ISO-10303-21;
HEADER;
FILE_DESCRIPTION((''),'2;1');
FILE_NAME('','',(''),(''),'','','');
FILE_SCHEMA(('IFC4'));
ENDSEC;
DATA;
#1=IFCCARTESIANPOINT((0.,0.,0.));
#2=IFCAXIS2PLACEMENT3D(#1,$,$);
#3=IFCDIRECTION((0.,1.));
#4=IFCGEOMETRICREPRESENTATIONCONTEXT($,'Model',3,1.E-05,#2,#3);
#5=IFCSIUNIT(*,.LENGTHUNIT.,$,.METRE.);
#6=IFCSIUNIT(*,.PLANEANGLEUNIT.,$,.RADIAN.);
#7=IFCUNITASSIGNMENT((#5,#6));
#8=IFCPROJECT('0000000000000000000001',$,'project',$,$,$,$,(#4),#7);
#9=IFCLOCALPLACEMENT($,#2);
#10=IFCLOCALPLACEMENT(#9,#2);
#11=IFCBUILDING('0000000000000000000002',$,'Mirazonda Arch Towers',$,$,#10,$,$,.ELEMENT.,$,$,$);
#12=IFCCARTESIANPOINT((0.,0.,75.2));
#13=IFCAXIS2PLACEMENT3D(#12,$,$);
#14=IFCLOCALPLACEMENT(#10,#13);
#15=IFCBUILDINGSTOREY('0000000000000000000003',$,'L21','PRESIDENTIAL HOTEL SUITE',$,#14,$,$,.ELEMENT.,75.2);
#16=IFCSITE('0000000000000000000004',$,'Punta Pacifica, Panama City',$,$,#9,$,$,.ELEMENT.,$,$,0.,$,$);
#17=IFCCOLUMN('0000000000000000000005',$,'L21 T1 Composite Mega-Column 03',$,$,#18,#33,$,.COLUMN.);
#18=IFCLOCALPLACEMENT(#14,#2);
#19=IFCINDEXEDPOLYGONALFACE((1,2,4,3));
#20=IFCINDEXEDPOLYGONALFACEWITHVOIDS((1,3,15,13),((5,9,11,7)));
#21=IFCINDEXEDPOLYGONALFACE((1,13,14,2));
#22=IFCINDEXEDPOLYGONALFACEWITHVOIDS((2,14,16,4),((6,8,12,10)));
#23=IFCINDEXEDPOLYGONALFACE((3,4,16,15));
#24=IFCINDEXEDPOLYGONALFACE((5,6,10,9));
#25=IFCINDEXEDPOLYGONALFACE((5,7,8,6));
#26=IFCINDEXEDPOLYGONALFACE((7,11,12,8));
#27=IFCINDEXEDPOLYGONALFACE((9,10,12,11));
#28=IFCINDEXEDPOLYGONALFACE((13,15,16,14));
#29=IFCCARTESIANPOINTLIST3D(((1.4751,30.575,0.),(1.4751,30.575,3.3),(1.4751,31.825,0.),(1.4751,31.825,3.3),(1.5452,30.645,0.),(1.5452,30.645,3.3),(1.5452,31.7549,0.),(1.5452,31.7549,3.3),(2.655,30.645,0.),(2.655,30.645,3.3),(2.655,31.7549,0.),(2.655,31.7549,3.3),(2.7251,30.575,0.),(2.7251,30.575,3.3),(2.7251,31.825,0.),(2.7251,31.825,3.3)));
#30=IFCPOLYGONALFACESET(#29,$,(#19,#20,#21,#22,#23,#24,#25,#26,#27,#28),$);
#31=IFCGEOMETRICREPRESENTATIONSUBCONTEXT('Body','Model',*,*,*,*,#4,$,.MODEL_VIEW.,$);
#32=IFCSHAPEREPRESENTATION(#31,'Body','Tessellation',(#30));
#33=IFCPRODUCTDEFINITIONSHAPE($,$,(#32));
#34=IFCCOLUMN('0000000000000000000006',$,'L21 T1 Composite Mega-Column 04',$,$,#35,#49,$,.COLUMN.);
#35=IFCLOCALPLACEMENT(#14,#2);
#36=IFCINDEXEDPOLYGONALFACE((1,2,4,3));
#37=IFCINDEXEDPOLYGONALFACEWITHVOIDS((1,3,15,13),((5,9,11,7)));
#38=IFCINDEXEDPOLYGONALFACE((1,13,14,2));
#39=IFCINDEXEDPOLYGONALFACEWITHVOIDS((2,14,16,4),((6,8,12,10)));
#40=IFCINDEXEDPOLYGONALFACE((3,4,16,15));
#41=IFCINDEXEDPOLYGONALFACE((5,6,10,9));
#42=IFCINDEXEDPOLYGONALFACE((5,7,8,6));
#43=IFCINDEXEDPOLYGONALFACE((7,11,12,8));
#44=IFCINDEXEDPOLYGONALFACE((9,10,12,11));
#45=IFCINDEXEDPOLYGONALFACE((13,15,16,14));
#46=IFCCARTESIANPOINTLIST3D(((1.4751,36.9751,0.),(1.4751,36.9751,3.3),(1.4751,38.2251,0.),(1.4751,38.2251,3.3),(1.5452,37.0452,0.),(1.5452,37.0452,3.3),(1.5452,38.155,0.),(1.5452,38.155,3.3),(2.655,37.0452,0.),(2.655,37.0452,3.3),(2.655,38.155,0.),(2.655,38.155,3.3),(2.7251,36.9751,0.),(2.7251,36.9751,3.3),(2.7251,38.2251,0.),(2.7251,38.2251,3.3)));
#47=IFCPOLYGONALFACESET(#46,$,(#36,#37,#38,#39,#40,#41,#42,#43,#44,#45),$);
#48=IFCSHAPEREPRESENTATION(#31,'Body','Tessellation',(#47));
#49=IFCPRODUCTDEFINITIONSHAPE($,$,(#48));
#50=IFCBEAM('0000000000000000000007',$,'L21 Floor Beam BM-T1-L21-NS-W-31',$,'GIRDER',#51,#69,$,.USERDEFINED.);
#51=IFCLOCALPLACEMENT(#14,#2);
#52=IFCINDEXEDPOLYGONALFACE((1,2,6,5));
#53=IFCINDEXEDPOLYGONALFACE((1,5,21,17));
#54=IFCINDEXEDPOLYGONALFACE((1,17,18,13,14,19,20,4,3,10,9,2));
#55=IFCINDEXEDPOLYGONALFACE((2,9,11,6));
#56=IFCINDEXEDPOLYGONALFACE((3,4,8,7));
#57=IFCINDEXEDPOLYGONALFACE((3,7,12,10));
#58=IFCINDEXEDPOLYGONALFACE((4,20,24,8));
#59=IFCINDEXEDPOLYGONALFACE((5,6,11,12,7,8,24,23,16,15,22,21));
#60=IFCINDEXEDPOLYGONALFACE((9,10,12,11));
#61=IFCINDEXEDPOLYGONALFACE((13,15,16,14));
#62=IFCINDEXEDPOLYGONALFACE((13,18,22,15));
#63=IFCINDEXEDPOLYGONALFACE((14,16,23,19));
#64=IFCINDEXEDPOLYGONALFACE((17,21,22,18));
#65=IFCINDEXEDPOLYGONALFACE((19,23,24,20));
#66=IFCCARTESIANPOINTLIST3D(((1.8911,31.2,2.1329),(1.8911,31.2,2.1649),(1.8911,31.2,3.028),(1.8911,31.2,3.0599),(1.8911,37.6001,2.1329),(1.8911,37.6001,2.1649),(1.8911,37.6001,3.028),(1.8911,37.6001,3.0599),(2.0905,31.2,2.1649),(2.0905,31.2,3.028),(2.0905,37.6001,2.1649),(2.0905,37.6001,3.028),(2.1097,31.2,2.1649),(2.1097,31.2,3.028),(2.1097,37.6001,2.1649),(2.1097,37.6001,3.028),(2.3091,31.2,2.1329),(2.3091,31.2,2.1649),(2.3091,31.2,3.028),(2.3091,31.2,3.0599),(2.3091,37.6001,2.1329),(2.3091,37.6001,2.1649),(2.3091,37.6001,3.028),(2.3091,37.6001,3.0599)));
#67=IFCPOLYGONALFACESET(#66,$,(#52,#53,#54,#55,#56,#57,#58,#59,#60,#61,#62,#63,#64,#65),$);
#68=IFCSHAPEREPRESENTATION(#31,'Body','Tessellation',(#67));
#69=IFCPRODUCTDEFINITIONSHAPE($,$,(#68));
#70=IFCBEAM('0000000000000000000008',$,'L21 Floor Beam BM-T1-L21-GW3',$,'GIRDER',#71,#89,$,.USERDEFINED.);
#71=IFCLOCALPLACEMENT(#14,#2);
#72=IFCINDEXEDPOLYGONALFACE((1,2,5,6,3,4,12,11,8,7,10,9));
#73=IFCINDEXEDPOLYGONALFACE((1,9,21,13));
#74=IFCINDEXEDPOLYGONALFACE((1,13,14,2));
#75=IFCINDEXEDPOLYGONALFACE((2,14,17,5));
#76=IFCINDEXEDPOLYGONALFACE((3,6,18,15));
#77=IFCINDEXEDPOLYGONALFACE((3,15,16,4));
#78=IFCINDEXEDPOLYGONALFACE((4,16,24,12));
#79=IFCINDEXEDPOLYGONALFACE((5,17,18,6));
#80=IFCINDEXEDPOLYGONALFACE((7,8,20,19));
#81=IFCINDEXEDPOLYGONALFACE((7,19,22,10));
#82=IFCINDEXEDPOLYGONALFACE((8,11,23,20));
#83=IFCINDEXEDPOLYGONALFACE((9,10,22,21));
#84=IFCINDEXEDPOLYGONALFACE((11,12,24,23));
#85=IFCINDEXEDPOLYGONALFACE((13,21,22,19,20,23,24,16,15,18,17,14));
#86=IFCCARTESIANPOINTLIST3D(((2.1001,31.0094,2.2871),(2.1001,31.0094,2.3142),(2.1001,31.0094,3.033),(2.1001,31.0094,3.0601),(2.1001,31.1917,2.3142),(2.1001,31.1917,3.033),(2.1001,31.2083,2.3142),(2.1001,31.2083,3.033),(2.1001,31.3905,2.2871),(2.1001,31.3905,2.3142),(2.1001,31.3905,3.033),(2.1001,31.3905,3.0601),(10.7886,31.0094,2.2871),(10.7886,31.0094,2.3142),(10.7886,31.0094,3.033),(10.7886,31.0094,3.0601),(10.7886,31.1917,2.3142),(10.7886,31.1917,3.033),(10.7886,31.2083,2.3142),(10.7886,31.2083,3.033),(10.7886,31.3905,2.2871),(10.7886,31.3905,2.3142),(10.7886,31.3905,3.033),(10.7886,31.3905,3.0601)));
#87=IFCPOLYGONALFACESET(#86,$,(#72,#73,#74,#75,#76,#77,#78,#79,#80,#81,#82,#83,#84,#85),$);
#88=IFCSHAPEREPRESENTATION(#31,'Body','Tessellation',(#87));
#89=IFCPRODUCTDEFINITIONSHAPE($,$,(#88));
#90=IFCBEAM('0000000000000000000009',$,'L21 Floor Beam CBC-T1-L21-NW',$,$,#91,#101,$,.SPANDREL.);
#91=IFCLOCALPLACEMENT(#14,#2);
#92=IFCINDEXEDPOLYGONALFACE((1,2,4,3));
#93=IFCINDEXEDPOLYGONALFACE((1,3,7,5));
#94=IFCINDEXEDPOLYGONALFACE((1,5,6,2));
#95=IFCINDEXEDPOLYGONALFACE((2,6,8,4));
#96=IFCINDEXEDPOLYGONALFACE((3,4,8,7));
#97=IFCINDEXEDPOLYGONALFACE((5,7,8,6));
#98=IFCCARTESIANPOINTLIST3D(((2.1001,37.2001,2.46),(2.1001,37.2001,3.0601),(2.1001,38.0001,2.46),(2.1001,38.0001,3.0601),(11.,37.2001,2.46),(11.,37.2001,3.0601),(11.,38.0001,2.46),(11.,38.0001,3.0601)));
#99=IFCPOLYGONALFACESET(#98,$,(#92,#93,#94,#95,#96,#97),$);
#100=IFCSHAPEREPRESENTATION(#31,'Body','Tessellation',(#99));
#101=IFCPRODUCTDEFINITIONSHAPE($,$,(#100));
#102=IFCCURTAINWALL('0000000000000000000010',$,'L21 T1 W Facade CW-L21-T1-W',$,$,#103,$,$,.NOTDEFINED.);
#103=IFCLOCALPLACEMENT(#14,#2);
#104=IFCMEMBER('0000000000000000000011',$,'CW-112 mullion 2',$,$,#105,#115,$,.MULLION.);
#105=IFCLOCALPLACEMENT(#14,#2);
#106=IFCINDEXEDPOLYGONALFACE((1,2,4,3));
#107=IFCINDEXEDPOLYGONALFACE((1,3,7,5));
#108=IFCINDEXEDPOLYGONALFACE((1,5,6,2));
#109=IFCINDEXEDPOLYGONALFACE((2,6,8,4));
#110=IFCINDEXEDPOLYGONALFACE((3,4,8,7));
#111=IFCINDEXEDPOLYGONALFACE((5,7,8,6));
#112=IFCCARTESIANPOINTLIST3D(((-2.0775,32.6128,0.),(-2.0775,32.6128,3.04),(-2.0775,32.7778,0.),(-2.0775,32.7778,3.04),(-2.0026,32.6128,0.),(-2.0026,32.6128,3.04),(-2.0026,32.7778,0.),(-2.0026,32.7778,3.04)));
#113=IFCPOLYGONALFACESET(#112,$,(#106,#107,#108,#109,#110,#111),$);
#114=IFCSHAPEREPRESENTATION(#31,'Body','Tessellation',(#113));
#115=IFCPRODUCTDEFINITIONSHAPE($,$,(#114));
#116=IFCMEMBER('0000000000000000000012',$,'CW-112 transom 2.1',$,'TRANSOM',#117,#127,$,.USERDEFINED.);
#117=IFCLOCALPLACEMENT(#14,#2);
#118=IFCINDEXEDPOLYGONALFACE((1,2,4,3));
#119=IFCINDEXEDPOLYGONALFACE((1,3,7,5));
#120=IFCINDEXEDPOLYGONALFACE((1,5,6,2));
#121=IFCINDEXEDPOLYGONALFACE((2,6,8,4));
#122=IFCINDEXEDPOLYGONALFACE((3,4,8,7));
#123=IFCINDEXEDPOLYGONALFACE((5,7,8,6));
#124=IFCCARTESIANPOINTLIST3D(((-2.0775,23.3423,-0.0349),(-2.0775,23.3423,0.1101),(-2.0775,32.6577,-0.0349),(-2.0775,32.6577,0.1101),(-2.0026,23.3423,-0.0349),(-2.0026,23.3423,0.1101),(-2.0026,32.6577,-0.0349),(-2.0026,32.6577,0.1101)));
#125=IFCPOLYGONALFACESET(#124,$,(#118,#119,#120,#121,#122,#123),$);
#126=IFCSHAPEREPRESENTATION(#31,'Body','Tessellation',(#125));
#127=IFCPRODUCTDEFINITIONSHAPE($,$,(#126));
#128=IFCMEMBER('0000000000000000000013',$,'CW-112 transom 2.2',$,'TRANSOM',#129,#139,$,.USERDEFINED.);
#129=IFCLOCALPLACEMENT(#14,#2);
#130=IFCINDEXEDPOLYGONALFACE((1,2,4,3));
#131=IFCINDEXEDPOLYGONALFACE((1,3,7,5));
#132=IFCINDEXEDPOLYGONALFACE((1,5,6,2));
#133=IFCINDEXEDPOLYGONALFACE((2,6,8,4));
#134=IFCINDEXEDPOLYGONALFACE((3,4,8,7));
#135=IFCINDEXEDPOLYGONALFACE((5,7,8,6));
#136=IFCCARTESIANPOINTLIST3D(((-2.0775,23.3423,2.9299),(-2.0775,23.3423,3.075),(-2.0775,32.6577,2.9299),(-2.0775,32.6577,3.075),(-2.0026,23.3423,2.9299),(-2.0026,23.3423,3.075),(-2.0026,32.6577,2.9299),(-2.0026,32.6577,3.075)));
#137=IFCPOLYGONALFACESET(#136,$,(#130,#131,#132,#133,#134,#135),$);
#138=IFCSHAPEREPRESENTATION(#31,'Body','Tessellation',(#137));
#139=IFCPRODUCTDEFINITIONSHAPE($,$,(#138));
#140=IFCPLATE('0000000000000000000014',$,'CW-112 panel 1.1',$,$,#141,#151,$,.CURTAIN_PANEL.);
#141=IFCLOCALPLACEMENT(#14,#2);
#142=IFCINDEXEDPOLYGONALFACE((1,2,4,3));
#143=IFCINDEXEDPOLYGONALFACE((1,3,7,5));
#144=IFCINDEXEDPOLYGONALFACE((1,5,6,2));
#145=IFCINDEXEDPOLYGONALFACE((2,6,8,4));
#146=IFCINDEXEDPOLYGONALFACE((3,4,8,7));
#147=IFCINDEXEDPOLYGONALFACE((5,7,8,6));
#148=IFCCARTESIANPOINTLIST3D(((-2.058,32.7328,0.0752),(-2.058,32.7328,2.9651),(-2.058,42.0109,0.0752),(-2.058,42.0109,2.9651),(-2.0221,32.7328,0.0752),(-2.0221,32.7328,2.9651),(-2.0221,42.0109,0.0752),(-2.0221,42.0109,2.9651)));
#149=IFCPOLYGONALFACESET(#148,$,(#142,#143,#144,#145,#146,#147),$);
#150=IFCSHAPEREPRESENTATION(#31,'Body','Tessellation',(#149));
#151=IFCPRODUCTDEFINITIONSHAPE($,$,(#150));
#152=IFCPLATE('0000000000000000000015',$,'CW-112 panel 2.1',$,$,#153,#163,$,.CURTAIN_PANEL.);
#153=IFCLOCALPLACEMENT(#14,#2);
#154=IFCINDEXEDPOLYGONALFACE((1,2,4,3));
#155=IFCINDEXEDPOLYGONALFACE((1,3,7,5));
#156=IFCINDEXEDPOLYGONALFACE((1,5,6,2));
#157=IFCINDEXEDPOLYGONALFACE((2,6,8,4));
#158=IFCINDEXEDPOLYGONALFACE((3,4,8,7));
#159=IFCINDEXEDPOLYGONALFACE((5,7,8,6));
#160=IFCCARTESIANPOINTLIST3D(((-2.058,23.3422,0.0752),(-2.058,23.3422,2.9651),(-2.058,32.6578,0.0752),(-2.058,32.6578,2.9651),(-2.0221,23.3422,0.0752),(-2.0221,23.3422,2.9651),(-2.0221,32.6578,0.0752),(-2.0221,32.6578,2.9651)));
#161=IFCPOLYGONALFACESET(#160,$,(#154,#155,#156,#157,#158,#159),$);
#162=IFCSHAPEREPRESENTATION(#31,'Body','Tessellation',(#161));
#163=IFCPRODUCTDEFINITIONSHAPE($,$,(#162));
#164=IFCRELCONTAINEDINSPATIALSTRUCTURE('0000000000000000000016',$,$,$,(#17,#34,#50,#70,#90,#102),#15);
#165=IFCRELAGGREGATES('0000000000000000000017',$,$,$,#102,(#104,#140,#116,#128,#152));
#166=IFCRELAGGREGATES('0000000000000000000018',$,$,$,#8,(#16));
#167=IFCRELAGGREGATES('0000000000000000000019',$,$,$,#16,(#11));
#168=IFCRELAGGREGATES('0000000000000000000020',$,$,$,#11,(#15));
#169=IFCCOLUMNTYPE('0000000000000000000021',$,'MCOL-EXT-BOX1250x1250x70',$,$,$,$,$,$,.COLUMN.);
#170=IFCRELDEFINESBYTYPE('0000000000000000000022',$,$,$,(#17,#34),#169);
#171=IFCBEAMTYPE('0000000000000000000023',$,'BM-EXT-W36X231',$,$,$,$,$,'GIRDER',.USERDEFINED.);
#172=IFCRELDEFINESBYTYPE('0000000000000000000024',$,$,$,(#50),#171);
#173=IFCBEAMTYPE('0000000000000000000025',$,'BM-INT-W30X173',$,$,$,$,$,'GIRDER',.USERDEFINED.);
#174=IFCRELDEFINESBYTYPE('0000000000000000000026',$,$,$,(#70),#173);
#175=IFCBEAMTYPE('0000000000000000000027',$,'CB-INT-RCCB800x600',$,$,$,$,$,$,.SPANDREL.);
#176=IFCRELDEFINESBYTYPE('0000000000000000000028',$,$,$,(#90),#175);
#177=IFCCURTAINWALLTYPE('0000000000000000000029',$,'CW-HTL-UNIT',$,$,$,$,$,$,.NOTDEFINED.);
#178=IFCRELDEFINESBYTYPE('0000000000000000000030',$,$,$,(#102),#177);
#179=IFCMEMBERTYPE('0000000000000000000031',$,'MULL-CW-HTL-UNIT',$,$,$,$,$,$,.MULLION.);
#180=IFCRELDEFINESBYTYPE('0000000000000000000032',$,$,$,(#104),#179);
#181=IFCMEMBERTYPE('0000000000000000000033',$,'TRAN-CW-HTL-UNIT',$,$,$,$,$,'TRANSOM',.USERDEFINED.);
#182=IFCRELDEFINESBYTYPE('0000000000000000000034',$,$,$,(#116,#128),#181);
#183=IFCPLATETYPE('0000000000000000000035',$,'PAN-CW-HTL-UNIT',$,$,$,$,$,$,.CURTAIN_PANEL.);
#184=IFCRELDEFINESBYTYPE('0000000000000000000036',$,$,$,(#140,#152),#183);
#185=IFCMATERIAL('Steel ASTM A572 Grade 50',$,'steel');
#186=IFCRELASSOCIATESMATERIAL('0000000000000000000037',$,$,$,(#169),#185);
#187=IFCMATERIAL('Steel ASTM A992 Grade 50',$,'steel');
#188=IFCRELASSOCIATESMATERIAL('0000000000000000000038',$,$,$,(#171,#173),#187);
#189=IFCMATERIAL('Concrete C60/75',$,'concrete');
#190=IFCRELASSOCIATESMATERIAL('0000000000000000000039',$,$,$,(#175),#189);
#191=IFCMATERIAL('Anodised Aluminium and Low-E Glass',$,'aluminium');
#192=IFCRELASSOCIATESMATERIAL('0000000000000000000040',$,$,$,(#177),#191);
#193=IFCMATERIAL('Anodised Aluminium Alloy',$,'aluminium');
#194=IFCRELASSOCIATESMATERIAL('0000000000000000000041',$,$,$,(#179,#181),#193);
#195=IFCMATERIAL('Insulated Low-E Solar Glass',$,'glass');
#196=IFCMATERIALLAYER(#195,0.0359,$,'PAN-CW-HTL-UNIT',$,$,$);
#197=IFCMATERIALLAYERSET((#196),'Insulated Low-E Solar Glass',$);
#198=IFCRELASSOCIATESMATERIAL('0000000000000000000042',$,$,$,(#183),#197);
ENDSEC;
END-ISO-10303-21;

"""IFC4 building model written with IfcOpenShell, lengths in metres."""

from ifc_helpers import new_model, si_unit, direction, frame, origin, origin_2d, place, context, subcontext, project, spatial, rectangle, hollow_rectangle, i_section, extrude, material, layer, layer_set, material_profile, profile_set, type_object, element, aggregate, save


model = new_model("IFC4")

# Units and contexts
model_context = context("Model", 3, precision=1e-05, world=origin(), true_north=direction((0.0, 1.0)))
body_context = subcontext(model_context, "Body", "Model", "MODEL_VIEW")
ifc_project = project(units=[si_unit("LENGTHUNIT", "METRE"), si_unit("PLANEANGLEUNIT", "RADIAN")], contexts=[model_context])

# Site, building, storey
site_placement = place(None, origin())
site = spatial("IfcSite", under=ifc_project, at=site_placement, Name="Punta Pacifica, Panama City", CompositionType="ELEMENT", RefElevation=0.0)
building_placement = place(site_placement, origin())
building = spatial("IfcBuilding", under=site, at=building_placement, Name="Mirazonda Arch Towers", CompositionType="ELEMENT")
storey_placement = place(building_placement, frame((0.0, 0.0, 75.2)))
storey = spatial("IfcBuildingStorey", under=building, at=storey_placement, Name="L21", Description="PRESIDENTIAL HOTEL SUITE", CompositionType="ELEMENT", Elevation=75.2)

# Columns
ifc_material_1 = material(Name="Steel ASTM A572 Grade 50", Category="steel")
ifc_material_profile_1 = material_profile(ifc_material_1, hollow_rectangle(XDim=1.25, YDim=1.25, WallThickness=0.0701, at=origin_2d()), Name="BOX1250x1250x70")
ifc_profile_set_1 = profile_set([ifc_material_profile_1], Name="Steel ASTM A572 Grade 50")
column_type = type_object("IfcColumnType", Name="MCOL-EXT-BOX1250x1250x70", PredefinedType="COLUMN", material=ifc_profile_set_1)
for number, where, z_axis, x_axis, name in (
    (1, (2.1001, 31.2, 0.0), (0.0, 0.0, 1.0), (1.0, 0.0, 0.0), "L21 T1 Composite Mega-Column 03"),
    (2, (2.1001, 37.6001, 0.0), (0.0, 0.0, 1.0), (1.0, 0.0, 0.0), "L21 T1 Composite Mega-Column 04"),
):
    element("IfcColumn", number, at=place(storey_placement, frame(where, z_axis=z_axis, x_axis=x_axis)), inside=storey, type_object=column_type, Name=name, PredefinedType="COLUMN", context=body_context, shape_type="SweptSolid", body=[
        extrude(hollow_rectangle(XDim=1.25, YDim=1.25, WallThickness=0.0701, at=origin_2d()), origin(), (0.0, 0.0, 1.0), 3.3),
    ])

# Beams
ifc_material_2 = material(Name="Steel ASTM A992 Grade 50", Category="steel")
ifc_material_profile_2 = material_profile(ifc_material_2, i_section(OverallWidth=0.418, OverallDepth=0.927, WebThickness=0.0193, FlangeThickness=0.032, at=origin_2d()), Name="W36X231")
ifc_profile_set_2 = profile_set([ifc_material_profile_2], Name="Steel ASTM A992 Grade 50")
beam_type_1 = type_object("IfcBeamType", Name="BM-EXT-W36X231", ElementType="GIRDER", PredefinedType="USERDEFINED", material=ifc_profile_set_2)
beam_1_placement = place(storey_placement, frame((2.1001, 31.2, 2.5964), z_axis=(0.0, 1.0, 0.0), x_axis=(-1.0, 0.0, 0.0)))
element("IfcBeam", 3, at=beam_1_placement, inside=storey, type_object=beam_type_1, Name="L21 Floor Beam BM-T1-L21-NS-W-31", ObjectType="GIRDER", PredefinedType="USERDEFINED", context=body_context, shape_type="SweptSolid", body=[
    extrude(i_section(OverallWidth=0.418, OverallDepth=0.927, WebThickness=0.0193, FlangeThickness=0.032, at=origin_2d()), origin(), (0.0, 0.0, 1.0), 6.4001),
])
ifc_material_profile_3 = material_profile(ifc_material_2, i_section(OverallWidth=0.3811, OverallDepth=0.7729, WebThickness=0.0166, FlangeThickness=0.0271, at=origin_2d()), Name="W30X173")
ifc_profile_set_3 = profile_set([ifc_material_profile_3], Name="Steel ASTM A992 Grade 50")
beam_type_2 = type_object("IfcBeamType", Name="BM-INT-W30X173", ElementType="GIRDER", PredefinedType="USERDEFINED", material=ifc_profile_set_3)
beam_2_placement = place(storey_placement, frame((2.1001, 31.2, 2.6736), z_axis=(1.0, 0.0, 0.0), x_axis=(0.0, 1.0, 0.0)))
element("IfcBeam", 4, at=beam_2_placement, inside=storey, type_object=beam_type_2, Name="L21 Floor Beam BM-T1-L21-GW3", ObjectType="GIRDER", PredefinedType="USERDEFINED", context=body_context, shape_type="SweptSolid", body=[
    extrude(i_section(OverallWidth=0.3811, OverallDepth=0.7729, WebThickness=0.0166, FlangeThickness=0.0271, at=origin_2d()), origin(), (0.0, 0.0, 1.0), 8.6885),
])
ifc_material_3 = material(Name="Concrete C60/75", Category="concrete")
ifc_material_profile_4 = material_profile(ifc_material_3, rectangle(XDim=0.8, YDim=0.6001, at=origin_2d()), Name="RCCB800x600")
ifc_profile_set_4 = profile_set([ifc_material_profile_4], Name="Concrete C60/75")
beam_type_3 = type_object("IfcBeamType", Name="CB-INT-RCCB800x600", PredefinedType="SPANDREL", material=ifc_profile_set_4)
beam_3_placement = place(storey_placement, frame((2.1001, 37.6001, 2.76), z_axis=(1.0, 0.0, 0.0), x_axis=(0.0, 1.0, 0.0)))
element("IfcBeam", 5, at=beam_3_placement, inside=storey, type_object=beam_type_3, Name="L21 Floor Beam CBC-T1-L21-NW", PredefinedType="SPANDREL", context=body_context, shape_type="SweptSolid", body=[
    extrude(rectangle(XDim=0.8, YDim=0.6001, at=origin_2d()), origin(), (0.0, 0.0, 1.0), 8.8999),
])

# Curtain wall, members, plates
ifc_material_4 = material(Name="Anodised Aluminium and Low-E Glass", Category="aluminium")
curtain_wall_type = type_object("IfcCurtainWallType", Name="CW-HTL-UNIT", PredefinedType="NOTDEFINED", material=ifc_material_4)
curtain_wall_placement = place(storey_placement, origin())
curtain_wall = element("IfcCurtainWall", 6, at=curtain_wall_placement, inside=storey, type_object=curtain_wall_type, Name="L21 T1 W Facade CW-L21-T1-W", PredefinedType="NOTDEFINED")
ifc_material_5 = material(Name="Anodised Aluminium Alloy", Category="aluminium")
ifc_material_profile_5 = material_profile(ifc_material_5, rectangle(XDim=0.075, YDim=0.165, at=origin_2d()), Name="ALU-MULL-75x165")
ifc_profile_set_5 = profile_set([ifc_material_profile_5], Name="Anodised Aluminium Alloy")
member_type_1 = type_object("IfcMemberType", Name="MULL-CW-HTL-UNIT", PredefinedType="MULLION", material=ifc_profile_set_5)
member_1_placement = place(storey_placement, frame((-2.04, 32.6953, 0.0), z_axis=(0.0, 0.0, 1.0), x_axis=(1.0, 0.0, 0.0)))
member_1 = element("IfcMember", 7, at=member_1_placement, type_object=member_type_1, Name="CW-112 mullion 2", PredefinedType="MULLION", context=body_context, shape_type="SweptSolid", body=[
    extrude(rectangle(XDim=0.075, YDim=0.165, at=origin_2d()), origin(), (0.0, 0.0, 1.0), 3.04),
])
ifc_material_profile_6 = material_profile(ifc_material_5, rectangle(XDim=0.075, YDim=0.145, at=origin_2d()), Name="ALU-TRAN-75x145")
ifc_profile_set_6 = profile_set([ifc_material_profile_6], Name="Anodised Aluminium Alloy")
member_type_2 = type_object("IfcMemberType", Name="TRAN-CW-HTL-UNIT", ElementType="TRANSOM", PredefinedType="USERDEFINED", material=ifc_profile_set_6)
member_2_placement = place(storey_placement, frame((-2.04, 32.6577, 0.0376), z_axis=(0.0, -1.0, 0.0), x_axis=(1.0, 0.0, 0.0)))
member_2 = element("IfcMember", 8, at=member_2_placement, type_object=member_type_2, Name="CW-112 transom 2.1", ObjectType="TRANSOM", PredefinedType="USERDEFINED", context=body_context, shape_type="SweptSolid", body=[
    extrude(rectangle(XDim=0.075, YDim=0.145, at=origin_2d()), origin(), (0.0, 0.0, 1.0), 9.3154),
])
member_3_placement = place(storey_placement, frame((-2.04, 32.6577, 3.0024), z_axis=(0.0, -1.0, 0.0), x_axis=(1.0, 0.0, 0.0)))
member_3 = element("IfcMember", 9, at=member_3_placement, type_object=member_type_2, Name="CW-112 transom 2.2", ObjectType="TRANSOM", PredefinedType="USERDEFINED", context=body_context, shape_type="SweptSolid", body=[
    extrude(rectangle(XDim=0.075, YDim=0.145, at=origin_2d()), origin(), (0.0, 0.0, 1.0), 9.3154),
])
ifc_material_6 = material(Name="Insulated Low-E Solar Glass", Category="glass")
ifc_layer_1 = layer(ifc_material_6, 0.0359, Name="PAN-CW-HTL-UNIT")
ifc_layer_set_1 = layer_set([ifc_layer_1], Name="Insulated Low-E Solar Glass")
plate_type = type_object("IfcPlateType", Name="PAN-CW-HTL-UNIT", PredefinedType="CURTAIN_PANEL", material=ifc_layer_set_1)
plate_1_placement = place(storey_placement, frame((-2.04, 37.3718, 0.0752), z_axis=(0.0, 0.0, 1.0), x_axis=(0.0, -1.0, 0.0)))
plate_1 = element("IfcPlate", 10, at=plate_1_placement, type_object=plate_type, Name="CW-112 panel 1.1", PredefinedType="CURTAIN_PANEL", context=body_context, shape_type="SweptSolid", body=[
    extrude(rectangle(XDim=9.2781, YDim=0.0359, at=origin_2d()), origin(), (0.0, 0.0, 1.0), 2.8899),
])
plate_2_placement = place(storey_placement, frame((-2.04, 28.0, 0.0752), z_axis=(0.0, 0.0, 1.0), x_axis=(0.0, -1.0, 0.0)))
plate_2 = element("IfcPlate", 11, at=plate_2_placement, type_object=plate_type, Name="CW-112 panel 2.1", PredefinedType="CURTAIN_PANEL", context=body_context, shape_type="SweptSolid", body=[
    extrude(rectangle(XDim=9.3157, YDim=0.0359, at=origin_2d()), origin(), (0.0, 0.0, 1.0), 2.8899),
])
aggregate(curtain_wall, [member_1, plate_1, member_2, member_3, plate_2])

save(model, "model.ifc")
